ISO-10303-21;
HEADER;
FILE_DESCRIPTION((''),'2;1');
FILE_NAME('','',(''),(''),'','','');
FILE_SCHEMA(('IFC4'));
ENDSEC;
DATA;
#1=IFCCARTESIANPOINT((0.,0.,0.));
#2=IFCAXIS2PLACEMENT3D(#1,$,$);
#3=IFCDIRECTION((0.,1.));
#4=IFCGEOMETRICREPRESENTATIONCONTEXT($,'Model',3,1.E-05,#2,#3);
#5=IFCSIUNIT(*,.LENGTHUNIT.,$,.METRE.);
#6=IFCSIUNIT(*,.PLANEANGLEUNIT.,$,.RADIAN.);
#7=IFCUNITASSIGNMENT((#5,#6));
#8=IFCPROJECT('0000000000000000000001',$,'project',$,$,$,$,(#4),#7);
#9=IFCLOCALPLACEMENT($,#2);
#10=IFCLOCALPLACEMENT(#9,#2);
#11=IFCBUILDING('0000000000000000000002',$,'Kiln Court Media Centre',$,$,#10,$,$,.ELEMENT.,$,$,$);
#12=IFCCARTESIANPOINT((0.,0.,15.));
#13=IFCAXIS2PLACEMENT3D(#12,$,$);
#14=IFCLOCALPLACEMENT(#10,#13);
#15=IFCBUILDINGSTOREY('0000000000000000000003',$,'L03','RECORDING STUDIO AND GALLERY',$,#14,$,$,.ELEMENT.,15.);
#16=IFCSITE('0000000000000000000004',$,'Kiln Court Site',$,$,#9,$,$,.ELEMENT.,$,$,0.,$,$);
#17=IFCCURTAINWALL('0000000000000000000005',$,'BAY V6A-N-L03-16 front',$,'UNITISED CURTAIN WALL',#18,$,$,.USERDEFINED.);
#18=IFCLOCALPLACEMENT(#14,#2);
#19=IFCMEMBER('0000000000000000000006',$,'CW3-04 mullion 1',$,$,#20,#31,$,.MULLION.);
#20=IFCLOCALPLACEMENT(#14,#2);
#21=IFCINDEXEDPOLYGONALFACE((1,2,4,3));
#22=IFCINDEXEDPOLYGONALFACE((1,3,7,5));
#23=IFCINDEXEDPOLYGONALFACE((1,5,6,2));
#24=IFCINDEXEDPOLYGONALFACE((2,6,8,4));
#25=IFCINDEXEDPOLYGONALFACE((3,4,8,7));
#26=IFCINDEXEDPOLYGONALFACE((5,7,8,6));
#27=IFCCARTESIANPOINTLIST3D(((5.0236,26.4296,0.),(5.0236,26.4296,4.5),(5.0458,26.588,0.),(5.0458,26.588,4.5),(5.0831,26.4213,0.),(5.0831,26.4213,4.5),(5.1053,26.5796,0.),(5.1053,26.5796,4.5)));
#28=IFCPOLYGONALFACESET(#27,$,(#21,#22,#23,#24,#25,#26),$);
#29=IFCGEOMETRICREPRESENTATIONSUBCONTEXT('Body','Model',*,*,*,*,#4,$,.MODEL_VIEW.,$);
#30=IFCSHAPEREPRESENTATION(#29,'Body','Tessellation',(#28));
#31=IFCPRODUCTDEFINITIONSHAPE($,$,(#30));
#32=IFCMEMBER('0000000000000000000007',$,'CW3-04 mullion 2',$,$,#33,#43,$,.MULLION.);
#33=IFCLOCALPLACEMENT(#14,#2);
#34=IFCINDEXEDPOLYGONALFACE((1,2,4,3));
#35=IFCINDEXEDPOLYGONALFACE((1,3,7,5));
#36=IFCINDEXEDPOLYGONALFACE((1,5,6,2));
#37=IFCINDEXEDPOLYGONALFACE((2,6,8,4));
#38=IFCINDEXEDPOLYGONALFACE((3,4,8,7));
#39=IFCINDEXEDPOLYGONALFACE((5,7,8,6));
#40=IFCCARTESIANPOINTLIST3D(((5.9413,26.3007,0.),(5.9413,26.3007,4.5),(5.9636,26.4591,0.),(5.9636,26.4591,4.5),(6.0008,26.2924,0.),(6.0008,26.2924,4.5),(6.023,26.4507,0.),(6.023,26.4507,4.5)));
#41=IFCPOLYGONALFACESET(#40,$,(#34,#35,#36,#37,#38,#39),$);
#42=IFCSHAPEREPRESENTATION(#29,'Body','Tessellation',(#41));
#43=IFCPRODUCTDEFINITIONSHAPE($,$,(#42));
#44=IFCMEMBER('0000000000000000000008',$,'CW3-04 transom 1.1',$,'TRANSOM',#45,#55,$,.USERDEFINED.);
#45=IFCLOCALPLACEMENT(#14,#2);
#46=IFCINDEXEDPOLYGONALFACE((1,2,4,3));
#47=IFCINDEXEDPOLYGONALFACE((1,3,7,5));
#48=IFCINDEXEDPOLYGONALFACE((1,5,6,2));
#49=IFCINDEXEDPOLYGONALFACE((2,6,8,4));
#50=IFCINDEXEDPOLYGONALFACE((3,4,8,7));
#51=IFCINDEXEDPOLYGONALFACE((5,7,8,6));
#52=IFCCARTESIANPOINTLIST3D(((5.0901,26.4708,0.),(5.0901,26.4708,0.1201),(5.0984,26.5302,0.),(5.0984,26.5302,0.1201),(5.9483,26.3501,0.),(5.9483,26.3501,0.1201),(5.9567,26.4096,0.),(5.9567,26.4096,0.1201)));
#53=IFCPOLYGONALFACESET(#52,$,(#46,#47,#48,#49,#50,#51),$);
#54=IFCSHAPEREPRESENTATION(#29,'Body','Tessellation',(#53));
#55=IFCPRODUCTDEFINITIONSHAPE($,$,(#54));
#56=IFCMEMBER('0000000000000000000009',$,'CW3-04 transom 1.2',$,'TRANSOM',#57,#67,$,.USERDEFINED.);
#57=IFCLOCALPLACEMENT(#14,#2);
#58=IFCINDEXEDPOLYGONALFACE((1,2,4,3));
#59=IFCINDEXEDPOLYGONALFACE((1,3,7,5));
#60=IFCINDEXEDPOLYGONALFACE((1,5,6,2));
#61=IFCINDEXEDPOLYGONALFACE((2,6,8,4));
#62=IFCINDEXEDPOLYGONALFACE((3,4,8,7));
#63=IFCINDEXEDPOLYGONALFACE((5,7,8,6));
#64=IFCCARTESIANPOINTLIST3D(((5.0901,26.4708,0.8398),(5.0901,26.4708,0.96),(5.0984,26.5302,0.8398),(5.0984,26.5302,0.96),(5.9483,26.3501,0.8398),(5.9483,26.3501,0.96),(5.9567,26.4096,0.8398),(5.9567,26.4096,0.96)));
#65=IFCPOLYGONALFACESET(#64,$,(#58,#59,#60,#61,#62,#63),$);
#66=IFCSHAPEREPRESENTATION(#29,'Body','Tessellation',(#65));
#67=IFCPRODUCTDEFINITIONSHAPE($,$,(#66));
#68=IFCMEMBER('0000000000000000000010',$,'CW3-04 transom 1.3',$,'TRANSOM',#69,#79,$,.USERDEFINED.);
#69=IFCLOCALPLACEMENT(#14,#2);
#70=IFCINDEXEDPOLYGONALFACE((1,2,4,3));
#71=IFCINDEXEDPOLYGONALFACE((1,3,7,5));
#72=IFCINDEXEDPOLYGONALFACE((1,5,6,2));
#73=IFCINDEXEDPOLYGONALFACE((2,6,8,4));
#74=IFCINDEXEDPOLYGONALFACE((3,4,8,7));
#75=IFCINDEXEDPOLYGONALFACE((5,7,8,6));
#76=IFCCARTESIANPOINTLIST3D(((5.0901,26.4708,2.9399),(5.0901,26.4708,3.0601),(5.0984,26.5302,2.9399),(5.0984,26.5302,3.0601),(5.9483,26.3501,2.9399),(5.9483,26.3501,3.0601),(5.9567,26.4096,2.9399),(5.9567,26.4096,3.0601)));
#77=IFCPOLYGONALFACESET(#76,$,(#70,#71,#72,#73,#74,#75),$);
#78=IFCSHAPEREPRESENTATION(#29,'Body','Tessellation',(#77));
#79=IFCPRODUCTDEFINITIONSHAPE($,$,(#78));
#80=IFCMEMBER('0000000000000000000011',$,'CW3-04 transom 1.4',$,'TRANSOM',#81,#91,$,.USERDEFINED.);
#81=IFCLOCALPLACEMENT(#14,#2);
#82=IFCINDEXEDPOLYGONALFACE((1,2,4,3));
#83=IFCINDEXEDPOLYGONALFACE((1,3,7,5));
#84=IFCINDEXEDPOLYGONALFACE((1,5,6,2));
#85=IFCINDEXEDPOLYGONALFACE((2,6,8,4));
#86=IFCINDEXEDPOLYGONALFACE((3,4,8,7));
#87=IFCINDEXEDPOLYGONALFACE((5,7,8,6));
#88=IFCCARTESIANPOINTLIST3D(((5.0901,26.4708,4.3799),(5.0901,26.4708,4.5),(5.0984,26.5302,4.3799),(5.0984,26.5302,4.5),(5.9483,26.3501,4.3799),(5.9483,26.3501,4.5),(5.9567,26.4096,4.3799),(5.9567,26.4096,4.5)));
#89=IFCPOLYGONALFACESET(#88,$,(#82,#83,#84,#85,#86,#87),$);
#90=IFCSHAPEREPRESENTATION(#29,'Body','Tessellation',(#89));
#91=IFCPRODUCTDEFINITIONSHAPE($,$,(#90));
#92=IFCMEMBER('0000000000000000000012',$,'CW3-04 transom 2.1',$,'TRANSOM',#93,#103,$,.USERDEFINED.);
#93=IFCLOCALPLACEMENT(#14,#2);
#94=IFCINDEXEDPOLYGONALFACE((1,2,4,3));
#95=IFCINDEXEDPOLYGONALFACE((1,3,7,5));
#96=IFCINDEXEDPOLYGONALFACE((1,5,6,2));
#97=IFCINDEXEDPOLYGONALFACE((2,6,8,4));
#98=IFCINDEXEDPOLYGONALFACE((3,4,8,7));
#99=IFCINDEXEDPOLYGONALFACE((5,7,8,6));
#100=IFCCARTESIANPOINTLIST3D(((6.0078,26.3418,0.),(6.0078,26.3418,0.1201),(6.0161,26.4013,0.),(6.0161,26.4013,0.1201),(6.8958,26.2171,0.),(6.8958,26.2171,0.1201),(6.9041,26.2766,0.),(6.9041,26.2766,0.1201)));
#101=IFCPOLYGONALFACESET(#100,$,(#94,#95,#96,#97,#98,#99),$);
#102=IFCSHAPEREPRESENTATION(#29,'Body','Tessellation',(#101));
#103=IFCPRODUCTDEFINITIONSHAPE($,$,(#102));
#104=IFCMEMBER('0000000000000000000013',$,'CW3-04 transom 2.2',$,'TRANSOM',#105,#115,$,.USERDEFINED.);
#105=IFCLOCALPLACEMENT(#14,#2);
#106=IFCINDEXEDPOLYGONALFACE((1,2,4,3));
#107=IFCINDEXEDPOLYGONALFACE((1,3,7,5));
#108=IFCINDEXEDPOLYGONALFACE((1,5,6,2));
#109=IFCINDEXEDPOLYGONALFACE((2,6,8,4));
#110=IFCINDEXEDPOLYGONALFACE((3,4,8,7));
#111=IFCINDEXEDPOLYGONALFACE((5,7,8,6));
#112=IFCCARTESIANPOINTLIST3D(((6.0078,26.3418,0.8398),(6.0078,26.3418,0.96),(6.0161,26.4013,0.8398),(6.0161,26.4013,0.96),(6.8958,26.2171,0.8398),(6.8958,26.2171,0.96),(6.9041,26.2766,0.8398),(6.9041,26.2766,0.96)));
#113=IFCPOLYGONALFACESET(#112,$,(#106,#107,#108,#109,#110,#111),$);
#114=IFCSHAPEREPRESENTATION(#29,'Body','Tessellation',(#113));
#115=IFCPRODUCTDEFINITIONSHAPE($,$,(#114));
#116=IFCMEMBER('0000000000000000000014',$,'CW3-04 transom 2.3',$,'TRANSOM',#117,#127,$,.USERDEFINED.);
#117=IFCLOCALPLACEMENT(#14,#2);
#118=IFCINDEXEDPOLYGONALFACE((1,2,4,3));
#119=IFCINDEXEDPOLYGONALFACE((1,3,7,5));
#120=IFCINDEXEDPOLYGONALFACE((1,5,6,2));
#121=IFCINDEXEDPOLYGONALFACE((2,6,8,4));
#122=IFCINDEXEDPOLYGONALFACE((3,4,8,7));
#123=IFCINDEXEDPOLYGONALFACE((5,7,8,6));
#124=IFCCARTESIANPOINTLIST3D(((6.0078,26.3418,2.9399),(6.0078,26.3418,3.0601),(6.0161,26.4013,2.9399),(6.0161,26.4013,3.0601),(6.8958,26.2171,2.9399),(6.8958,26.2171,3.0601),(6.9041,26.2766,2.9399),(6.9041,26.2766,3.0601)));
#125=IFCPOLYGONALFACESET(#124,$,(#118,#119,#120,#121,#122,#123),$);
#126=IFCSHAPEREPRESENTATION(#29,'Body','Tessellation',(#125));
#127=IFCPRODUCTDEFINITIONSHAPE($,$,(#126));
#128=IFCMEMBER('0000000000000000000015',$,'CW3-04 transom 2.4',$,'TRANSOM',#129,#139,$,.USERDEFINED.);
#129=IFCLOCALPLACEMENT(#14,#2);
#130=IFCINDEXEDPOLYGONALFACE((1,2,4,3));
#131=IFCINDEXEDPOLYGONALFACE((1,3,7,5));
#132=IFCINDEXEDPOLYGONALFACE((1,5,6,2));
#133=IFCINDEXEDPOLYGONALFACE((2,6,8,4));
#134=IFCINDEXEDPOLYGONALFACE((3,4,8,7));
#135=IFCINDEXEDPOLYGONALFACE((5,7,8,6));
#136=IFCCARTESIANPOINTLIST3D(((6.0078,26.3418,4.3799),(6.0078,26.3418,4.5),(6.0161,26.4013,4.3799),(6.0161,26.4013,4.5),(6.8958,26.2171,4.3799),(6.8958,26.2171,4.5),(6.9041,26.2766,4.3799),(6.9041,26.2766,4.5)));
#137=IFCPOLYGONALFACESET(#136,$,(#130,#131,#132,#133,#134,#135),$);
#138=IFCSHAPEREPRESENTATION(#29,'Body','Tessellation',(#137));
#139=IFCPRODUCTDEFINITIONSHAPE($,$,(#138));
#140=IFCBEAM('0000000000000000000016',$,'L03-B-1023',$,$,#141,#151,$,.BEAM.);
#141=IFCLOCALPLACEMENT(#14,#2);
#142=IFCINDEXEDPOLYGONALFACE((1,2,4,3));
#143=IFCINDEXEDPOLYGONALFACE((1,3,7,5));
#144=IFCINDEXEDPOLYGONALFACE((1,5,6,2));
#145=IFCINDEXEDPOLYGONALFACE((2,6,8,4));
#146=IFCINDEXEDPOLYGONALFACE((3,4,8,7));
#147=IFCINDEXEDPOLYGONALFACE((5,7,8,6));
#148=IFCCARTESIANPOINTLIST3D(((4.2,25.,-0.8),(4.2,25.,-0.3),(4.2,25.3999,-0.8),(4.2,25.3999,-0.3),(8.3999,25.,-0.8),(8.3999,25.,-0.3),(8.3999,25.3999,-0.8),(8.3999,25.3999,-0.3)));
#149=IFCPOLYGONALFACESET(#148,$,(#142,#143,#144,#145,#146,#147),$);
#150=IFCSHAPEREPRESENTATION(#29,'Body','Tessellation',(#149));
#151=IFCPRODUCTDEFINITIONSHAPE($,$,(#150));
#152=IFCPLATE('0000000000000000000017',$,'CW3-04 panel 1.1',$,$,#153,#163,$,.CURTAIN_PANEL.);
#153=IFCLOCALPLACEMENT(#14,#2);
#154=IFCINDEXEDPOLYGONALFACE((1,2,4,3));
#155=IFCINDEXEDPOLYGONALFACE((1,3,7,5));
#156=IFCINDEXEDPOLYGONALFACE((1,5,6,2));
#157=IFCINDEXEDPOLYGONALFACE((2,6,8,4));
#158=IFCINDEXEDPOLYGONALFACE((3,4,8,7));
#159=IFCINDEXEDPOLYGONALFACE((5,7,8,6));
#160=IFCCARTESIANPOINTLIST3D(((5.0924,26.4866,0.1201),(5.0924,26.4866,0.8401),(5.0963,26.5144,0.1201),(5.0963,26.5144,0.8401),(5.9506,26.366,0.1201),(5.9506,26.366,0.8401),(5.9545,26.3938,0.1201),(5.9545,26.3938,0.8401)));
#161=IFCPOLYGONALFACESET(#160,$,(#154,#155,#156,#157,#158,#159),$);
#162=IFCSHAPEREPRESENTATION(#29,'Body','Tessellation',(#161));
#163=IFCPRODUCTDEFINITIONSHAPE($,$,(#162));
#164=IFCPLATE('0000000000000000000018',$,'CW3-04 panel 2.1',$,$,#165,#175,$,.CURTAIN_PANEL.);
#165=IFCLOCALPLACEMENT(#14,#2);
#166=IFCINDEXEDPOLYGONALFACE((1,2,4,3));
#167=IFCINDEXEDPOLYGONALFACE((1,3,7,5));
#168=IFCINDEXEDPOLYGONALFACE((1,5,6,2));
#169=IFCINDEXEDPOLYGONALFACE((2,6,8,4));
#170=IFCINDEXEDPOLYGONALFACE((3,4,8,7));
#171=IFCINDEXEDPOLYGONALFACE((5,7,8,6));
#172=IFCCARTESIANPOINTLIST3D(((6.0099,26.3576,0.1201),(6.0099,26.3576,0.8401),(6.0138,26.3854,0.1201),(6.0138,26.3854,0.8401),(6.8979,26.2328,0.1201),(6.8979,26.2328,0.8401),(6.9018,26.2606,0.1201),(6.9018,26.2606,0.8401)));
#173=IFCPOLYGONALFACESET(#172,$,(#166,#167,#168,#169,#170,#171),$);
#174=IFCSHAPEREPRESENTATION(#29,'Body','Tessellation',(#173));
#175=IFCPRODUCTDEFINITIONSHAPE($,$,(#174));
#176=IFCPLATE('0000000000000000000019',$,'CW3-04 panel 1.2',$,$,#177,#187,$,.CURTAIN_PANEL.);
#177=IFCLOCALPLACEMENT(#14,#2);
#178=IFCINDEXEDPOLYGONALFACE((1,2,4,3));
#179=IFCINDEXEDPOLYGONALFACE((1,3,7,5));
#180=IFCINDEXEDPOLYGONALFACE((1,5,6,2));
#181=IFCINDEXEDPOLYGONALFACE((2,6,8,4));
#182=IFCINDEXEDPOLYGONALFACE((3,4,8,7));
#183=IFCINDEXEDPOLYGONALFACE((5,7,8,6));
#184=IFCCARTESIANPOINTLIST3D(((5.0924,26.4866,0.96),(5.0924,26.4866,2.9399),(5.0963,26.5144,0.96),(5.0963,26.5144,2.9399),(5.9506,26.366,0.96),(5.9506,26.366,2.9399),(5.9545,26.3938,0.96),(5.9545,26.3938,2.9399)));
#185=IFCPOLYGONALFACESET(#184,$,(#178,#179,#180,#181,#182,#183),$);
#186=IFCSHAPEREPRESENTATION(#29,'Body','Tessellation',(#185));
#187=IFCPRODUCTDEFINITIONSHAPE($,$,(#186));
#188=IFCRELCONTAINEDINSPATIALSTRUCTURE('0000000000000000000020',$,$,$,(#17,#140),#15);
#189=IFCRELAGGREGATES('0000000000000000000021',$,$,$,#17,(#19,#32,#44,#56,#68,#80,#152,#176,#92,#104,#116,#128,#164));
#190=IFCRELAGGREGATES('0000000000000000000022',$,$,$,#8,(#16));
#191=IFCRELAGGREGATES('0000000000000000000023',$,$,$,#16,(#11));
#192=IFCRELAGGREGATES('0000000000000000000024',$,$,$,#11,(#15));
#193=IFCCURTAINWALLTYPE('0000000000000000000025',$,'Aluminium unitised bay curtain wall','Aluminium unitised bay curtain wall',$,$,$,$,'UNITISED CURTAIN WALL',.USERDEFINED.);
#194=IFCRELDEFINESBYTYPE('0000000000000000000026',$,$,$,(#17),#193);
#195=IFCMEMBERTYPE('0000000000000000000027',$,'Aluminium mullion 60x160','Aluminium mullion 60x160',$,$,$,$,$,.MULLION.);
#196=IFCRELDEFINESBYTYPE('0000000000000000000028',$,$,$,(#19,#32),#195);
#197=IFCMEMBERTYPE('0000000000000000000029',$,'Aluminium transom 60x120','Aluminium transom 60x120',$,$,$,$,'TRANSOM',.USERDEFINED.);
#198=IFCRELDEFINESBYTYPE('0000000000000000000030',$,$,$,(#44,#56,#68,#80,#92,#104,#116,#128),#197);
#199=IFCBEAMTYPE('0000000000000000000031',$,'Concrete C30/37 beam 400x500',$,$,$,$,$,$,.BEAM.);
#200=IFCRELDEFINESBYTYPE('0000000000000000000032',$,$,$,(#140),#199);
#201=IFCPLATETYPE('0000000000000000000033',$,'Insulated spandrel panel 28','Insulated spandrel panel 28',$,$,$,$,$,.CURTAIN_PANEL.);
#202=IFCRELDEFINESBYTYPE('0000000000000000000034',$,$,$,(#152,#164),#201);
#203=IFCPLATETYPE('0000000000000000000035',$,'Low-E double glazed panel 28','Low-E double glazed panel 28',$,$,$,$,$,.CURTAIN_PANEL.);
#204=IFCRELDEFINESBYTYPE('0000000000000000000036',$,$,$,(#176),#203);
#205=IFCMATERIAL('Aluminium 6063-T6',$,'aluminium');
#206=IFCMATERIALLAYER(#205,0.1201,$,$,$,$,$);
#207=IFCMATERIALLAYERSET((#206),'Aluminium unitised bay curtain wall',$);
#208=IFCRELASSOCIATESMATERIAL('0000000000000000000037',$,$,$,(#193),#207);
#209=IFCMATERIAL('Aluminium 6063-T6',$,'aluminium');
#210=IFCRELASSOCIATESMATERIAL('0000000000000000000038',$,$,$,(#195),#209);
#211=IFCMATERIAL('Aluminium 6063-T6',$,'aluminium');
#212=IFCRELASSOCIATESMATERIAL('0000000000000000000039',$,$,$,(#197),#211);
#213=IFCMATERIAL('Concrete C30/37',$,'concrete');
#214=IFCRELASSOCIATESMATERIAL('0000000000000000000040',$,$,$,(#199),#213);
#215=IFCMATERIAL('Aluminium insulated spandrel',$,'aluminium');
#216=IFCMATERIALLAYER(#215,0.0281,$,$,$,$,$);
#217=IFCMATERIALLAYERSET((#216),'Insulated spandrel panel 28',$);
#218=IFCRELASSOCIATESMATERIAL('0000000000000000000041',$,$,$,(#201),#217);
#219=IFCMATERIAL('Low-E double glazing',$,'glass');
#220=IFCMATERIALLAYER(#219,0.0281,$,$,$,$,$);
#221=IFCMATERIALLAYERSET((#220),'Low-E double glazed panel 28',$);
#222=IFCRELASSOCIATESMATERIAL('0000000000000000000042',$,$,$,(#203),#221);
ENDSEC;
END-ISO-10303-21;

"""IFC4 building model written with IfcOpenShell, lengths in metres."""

from ifc_helpers import new_model, si_unit, direction, frame, origin, origin_2d, place, context, subcontext, project, spatial, rectangle, extrude, material, layer, layer_set, material_profile, profile_set, type_object, element, aggregate, save


model = new_model("IFC4")

# Units and contexts
model_context = context("Model", 3, precision=1e-05, world=origin(), true_north=direction((0.0, 1.0)))
body_context = subcontext(model_context, "Body", "Model", "MODEL_VIEW")
ifc_project = project(units=[si_unit("LENGTHUNIT", "METRE"), si_unit("PLANEANGLEUNIT", "RADIAN")], contexts=[model_context])

# Site, building, storey
site_placement = place(None, origin())
site = spatial("IfcSite", under=ifc_project, at=site_placement, Name="Kiln Court Site", CompositionType="ELEMENT", RefElevation=0.0)
building_placement = place(site_placement, origin())
building = spatial("IfcBuilding", under=site, at=building_placement, Name="Kiln Court Media Centre", CompositionType="ELEMENT")
storey_placement = place(building_placement, frame((0.0, 0.0, 15.0)))
storey = spatial("IfcBuildingStorey", under=building, at=storey_placement, Name="L03", Description="RECORDING STUDIO AND GALLERY", CompositionType="ELEMENT", Elevation=15.0)

# Curtain wall, members
ifc_material_1 = material(Name="Aluminium 6063-T6", Category="aluminium")
ifc_layer_1 = layer(ifc_material_1, 0.1201)
ifc_layer_set_1 = layer_set([ifc_layer_1], Name="Aluminium unitised bay curtain wall")
curtain_wall_type = type_object("IfcCurtainWallType", Name="Aluminium unitised bay curtain wall", Description="Aluminium unitised bay curtain wall", ElementType="UNITISED CURTAIN WALL", PredefinedType="USERDEFINED", material=ifc_layer_set_1)
curtain_wall_placement = place(storey_placement, origin())
curtain_wall = element("IfcCurtainWall", 1, at=curtain_wall_placement, inside=storey, type_object=curtain_wall_type, Name="BAY V6A-N-L03-16 front", ObjectType="UNITISED CURTAIN WALL", PredefinedType="USERDEFINED")
ifc_material_2 = material(Name="Aluminium 6063-T6", Category="aluminium")
ifc_material_profile_1 = material_profile(ifc_material_2, rectangle(XDim=0.0601, YDim=0.1599, at=origin_2d()), Name="Aluminium mullion 60x160")
ifc_profile_set_1 = profile_set([ifc_material_profile_1], Name="Aluminium 6063-T6")
member_type_1 = type_object("IfcMemberType", Name="Aluminium mullion 60x160", Description="Aluminium mullion 60x160", PredefinedType="MULLION", material=ifc_profile_set_1)
member_1_placement = place(storey_placement, frame((5.0645, 26.5046, 0.0), z_axis=(0.0, 0.0, 1.0), x_axis=(0.99027, -0.139162, 0.0)))
member_1 = element("IfcMember", 2, at=member_1_placement, type_object=member_type_1, Name="CW3-04 mullion 1", PredefinedType="MULLION", context=body_context, shape_type="SweptSolid", body=[
    extrude(rectangle(XDim=0.0601, YDim=0.1599, at=origin_2d()), origin(), (0.0, 0.0, 1.0), 4.5),
])
member_2_placement = place(storey_placement, frame((5.9822, 26.3757, 0.0), z_axis=(0.0, 0.0, 1.0), x_axis=(0.99027, -0.139162, 0.0)))
member_2 = element("IfcMember", 3, at=member_2_placement, type_object=member_type_1, Name="CW3-04 mullion 2", PredefinedType="MULLION", context=body_context, shape_type="SweptSolid", body=[
    extrude(rectangle(XDim=0.0601, YDim=0.1599, at=origin_2d()), origin(), (0.0, 0.0, 1.0), 4.5),
])
ifc_material_3 = material(Name="Aluminium 6063-T6", Category="aluminium")
ifc_material_profile_2 = material_profile(ifc_material_3, rectangle(XDim=0.0601, YDim=0.1201, at=origin_2d()), Name="Aluminium transom 60x120")
ifc_profile_set_2 = profile_set([ifc_material_profile_2], Name="Aluminium 6063-T6")
member_type_2 = type_object("IfcMemberType", Name="Aluminium transom 60x120", Description="Aluminium transom 60x120", ElementType="TRANSOM", PredefinedType="USERDEFINED", material=ifc_profile_set_2)
member_3_placement = place(storey_placement, frame((5.0942, 26.5005, 0.0601), z_axis=(0.990268, -0.139173, 0.0), x_axis=(0.139173, 0.990268, 0.0)))
member_3 = element("IfcMember", 4, at=member_3_placement, type_object=member_type_2, Name="CW3-04 transom 1.1", ObjectType="TRANSOM", PredefinedType="USERDEFINED", context=body_context, shape_type="SweptSolid", body=[
    extrude(rectangle(XDim=0.0601, YDim=0.1201, at=origin_2d()), origin(), (0.0, 0.0, 1.0), 0.8667),
])
member_4_placement = place(storey_placement, frame((5.0942, 26.5005, 0.8999), z_axis=(0.990268, -0.139173, 0.0), x_axis=(0.139173, 0.990268, 0.0)))
member_4 = element("IfcMember", 5, at=member_4_placement, type_object=member_type_2, Name="CW3-04 transom 1.2", ObjectType="TRANSOM", PredefinedType="USERDEFINED", context=body_context, shape_type="SweptSolid", body=[
    extrude(rectangle(XDim=0.0601, YDim=0.1201, at=origin_2d()), origin(), (0.0, 0.0, 1.0), 0.8667),
])
member_5_placement = place(storey_placement, frame((5.0942, 26.5005, 3.0), z_axis=(0.990268, -0.139173, 0.0), x_axis=(0.139173, 0.990268, 0.0)))
member_5 = element("IfcMember", 6, at=member_5_placement, type_object=member_type_2, Name="CW3-04 transom 1.3", ObjectType="TRANSOM", PredefinedType="USERDEFINED", context=body_context, shape_type="SweptSolid", body=[
    extrude(rectangle(XDim=0.0601, YDim=0.1201, at=origin_2d()), origin(), (0.0, 0.0, 1.0), 0.8667),
])
member_6_placement = place(storey_placement, frame((5.0942, 26.5005, 4.4399), z_axis=(0.990268, -0.139173, 0.0), x_axis=(0.139173, 0.990268, 0.0)))
member_6 = element("IfcMember", 7, at=member_6_placement, type_object=member_type_2, Name="CW3-04 transom 1.4", ObjectType="TRANSOM", PredefinedType="USERDEFINED", context=body_context, shape_type="SweptSolid", body=[
    extrude(rectangle(XDim=0.0601, YDim=0.1201, at=origin_2d()), origin(), (0.0, 0.0, 1.0), 0.8667),
])
member_7_placement = place(storey_placement, frame((6.012, 26.3716, 0.0601), z_axis=(0.990274, -0.139134, 0.0), x_axis=(0.139134, 0.990274, 0.0)))
member_7 = element("IfcMember", 8, at=member_7_placement, type_object=member_type_2, Name="CW3-04 transom 2.1", ObjectType="TRANSOM", PredefinedType="USERDEFINED", context=body_context, shape_type="SweptSolid", body=[
    extrude(rectangle(XDim=0.0601, YDim=0.1201, at=origin_2d()), origin(), (0.0, 0.0, 1.0), 0.8967),
])
member_8_placement = place(storey_placement, frame((6.012, 26.3716, 0.8999), z_axis=(0.990274, -0.139134, 0.0), x_axis=(0.139134, 0.990274, 0.0)))
member_8 = element("IfcMember", 9, at=member_8_placement, type_object=member_type_2, Name="CW3-04 transom 2.2", ObjectType="TRANSOM", PredefinedType="USERDEFINED", context=body_context, shape_type="SweptSolid", body=[
    extrude(rectangle(XDim=0.0601, YDim=0.1201, at=origin_2d()), origin(), (0.0, 0.0, 1.0), 0.8967),
])
member_9_placement = place(storey_placement, frame((6.012, 26.3716, 3.0), z_axis=(0.990274, -0.139134, 0.0), x_axis=(0.139134, 0.990274, 0.0)))
member_9 = element("IfcMember", 10, at=member_9_placement, type_object=member_type_2, Name="CW3-04 transom 2.3", ObjectType="TRANSOM", PredefinedType="USERDEFINED", context=body_context, shape_type="SweptSolid", body=[
    extrude(rectangle(XDim=0.0601, YDim=0.1201, at=origin_2d()), origin(), (0.0, 0.0, 1.0), 0.8967),
])
member_10_placement = place(storey_placement, frame((6.012, 26.3716, 4.4399), z_axis=(0.990274, -0.139134, 0.0), x_axis=(0.139134, 0.990274, 0.0)))
member_10 = element("IfcMember", 11, at=member_10_placement, type_object=member_type_2, Name="CW3-04 transom 2.4", ObjectType="TRANSOM", PredefinedType="USERDEFINED", context=body_context, shape_type="SweptSolid", body=[
    extrude(rectangle(XDim=0.0601, YDim=0.1201, at=origin_2d()), origin(), (0.0, 0.0, 1.0), 0.8967),
])

# Beam
ifc_material_4 = material(Name="Concrete C30/37", Category="concrete")
ifc_material_profile_3 = material_profile(ifc_material_4, rectangle(XDim=0.3999, YDim=0.5, at=origin_2d()), Name="RC 400x500")
ifc_profile_set_3 = profile_set([ifc_material_profile_3], Name="Concrete C30/37")
beam_type = type_object("IfcBeamType", Name="Concrete C30/37 beam 400x500", PredefinedType="BEAM", material=ifc_profile_set_3)
beam_placement = place(storey_placement, frame((4.2, 25.2, -0.55), z_axis=(1.0, 0.0, 0.0), x_axis=(0.0, 1.0, 0.0)))
element("IfcBeam", 12, at=beam_placement, inside=storey, type_object=beam_type, Name="L03-B-1023", PredefinedType="BEAM", context=body_context, shape_type="SweptSolid", body=[
    extrude(rectangle(XDim=0.3999, YDim=0.5, at=origin_2d()), origin(), (0.0, 0.0, 1.0), 4.2),
])

# Plates
ifc_material_5 = material(Name="Aluminium insulated spandrel", Category="aluminium")
ifc_layer_2 = layer(ifc_material_5, 0.0281)
ifc_layer_set_2 = layer_set([ifc_layer_2], Name="Insulated spandrel panel 28")
plate_type_1 = type_object("IfcPlateType", Name="Insulated spandrel panel 28", Description="Insulated spandrel panel 28", PredefinedType="CURTAIN_PANEL", material=ifc_layer_set_2)
plate_1_placement = place(storey_placement, frame((5.5234, 26.4402, 0.1201), z_axis=(0.0, 0.0, 1.0), x_axis=(0.99027, -0.139162, 0.0)))
plate_1 = element("IfcPlate", 13, at=plate_1_placement, type_object=plate_type_1, Name="CW3-04 panel 1.1", PredefinedType="CURTAIN_PANEL", context=body_context, shape_type="SweptSolid", body=[
    extrude(rectangle(XDim=0.8667, YDim=0.0281, at=origin_2d()), origin(), (0.0, 0.0, 1.0), 0.72),
])
plate_2_placement = place(storey_placement, frame((6.4558, 26.3091, 0.1201), z_axis=(0.0, 0.0, 1.0), x_axis=(0.99027, -0.139162, 0.0)))
plate_2 = element("IfcPlate", 14, at=plate_2_placement, type_object=plate_type_1, Name="CW3-04 panel 2.1", PredefinedType="CURTAIN_PANEL", context=body_context, shape_type="SweptSolid", body=[
    extrude(rectangle(XDim=0.8967, YDim=0.0281, at=origin_2d()), origin(), (0.0, 0.0, 1.0), 0.72),
])
ifc_material_6 = material(Name="Low-E double glazing", Category="glass")
ifc_layer_3 = layer(ifc_material_6, 0.0281)
ifc_layer_set_3 = layer_set([ifc_layer_3], Name="Low-E double glazed panel 28")
plate_type_2 = type_object("IfcPlateType", Name="Low-E double glazed panel 28", Description="Low-E double glazed panel 28", PredefinedType="CURTAIN_PANEL", material=ifc_layer_set_3)
plate_3_placement = place(storey_placement, frame((5.5234, 26.4402, 0.96), z_axis=(0.0, 0.0, 1.0), x_axis=(0.99027, -0.139162, 0.0)))
plate_3 = element("IfcPlate", 15, at=plate_3_placement, type_object=plate_type_2, Name="CW3-04 panel 1.2", PredefinedType="CURTAIN_PANEL", context=body_context, shape_type="SweptSolid", body=[
    extrude(rectangle(XDim=0.8667, YDim=0.0281, at=origin_2d()), origin(), (0.0, 0.0, 1.0), 1.98),
])
aggregate(curtain_wall, [member_1, member_2, member_3, member_4, member_5, member_6, plate_1, plate_3, member_7, member_8, member_9, member_10, plate_2])

save(model, "model.ifc")
